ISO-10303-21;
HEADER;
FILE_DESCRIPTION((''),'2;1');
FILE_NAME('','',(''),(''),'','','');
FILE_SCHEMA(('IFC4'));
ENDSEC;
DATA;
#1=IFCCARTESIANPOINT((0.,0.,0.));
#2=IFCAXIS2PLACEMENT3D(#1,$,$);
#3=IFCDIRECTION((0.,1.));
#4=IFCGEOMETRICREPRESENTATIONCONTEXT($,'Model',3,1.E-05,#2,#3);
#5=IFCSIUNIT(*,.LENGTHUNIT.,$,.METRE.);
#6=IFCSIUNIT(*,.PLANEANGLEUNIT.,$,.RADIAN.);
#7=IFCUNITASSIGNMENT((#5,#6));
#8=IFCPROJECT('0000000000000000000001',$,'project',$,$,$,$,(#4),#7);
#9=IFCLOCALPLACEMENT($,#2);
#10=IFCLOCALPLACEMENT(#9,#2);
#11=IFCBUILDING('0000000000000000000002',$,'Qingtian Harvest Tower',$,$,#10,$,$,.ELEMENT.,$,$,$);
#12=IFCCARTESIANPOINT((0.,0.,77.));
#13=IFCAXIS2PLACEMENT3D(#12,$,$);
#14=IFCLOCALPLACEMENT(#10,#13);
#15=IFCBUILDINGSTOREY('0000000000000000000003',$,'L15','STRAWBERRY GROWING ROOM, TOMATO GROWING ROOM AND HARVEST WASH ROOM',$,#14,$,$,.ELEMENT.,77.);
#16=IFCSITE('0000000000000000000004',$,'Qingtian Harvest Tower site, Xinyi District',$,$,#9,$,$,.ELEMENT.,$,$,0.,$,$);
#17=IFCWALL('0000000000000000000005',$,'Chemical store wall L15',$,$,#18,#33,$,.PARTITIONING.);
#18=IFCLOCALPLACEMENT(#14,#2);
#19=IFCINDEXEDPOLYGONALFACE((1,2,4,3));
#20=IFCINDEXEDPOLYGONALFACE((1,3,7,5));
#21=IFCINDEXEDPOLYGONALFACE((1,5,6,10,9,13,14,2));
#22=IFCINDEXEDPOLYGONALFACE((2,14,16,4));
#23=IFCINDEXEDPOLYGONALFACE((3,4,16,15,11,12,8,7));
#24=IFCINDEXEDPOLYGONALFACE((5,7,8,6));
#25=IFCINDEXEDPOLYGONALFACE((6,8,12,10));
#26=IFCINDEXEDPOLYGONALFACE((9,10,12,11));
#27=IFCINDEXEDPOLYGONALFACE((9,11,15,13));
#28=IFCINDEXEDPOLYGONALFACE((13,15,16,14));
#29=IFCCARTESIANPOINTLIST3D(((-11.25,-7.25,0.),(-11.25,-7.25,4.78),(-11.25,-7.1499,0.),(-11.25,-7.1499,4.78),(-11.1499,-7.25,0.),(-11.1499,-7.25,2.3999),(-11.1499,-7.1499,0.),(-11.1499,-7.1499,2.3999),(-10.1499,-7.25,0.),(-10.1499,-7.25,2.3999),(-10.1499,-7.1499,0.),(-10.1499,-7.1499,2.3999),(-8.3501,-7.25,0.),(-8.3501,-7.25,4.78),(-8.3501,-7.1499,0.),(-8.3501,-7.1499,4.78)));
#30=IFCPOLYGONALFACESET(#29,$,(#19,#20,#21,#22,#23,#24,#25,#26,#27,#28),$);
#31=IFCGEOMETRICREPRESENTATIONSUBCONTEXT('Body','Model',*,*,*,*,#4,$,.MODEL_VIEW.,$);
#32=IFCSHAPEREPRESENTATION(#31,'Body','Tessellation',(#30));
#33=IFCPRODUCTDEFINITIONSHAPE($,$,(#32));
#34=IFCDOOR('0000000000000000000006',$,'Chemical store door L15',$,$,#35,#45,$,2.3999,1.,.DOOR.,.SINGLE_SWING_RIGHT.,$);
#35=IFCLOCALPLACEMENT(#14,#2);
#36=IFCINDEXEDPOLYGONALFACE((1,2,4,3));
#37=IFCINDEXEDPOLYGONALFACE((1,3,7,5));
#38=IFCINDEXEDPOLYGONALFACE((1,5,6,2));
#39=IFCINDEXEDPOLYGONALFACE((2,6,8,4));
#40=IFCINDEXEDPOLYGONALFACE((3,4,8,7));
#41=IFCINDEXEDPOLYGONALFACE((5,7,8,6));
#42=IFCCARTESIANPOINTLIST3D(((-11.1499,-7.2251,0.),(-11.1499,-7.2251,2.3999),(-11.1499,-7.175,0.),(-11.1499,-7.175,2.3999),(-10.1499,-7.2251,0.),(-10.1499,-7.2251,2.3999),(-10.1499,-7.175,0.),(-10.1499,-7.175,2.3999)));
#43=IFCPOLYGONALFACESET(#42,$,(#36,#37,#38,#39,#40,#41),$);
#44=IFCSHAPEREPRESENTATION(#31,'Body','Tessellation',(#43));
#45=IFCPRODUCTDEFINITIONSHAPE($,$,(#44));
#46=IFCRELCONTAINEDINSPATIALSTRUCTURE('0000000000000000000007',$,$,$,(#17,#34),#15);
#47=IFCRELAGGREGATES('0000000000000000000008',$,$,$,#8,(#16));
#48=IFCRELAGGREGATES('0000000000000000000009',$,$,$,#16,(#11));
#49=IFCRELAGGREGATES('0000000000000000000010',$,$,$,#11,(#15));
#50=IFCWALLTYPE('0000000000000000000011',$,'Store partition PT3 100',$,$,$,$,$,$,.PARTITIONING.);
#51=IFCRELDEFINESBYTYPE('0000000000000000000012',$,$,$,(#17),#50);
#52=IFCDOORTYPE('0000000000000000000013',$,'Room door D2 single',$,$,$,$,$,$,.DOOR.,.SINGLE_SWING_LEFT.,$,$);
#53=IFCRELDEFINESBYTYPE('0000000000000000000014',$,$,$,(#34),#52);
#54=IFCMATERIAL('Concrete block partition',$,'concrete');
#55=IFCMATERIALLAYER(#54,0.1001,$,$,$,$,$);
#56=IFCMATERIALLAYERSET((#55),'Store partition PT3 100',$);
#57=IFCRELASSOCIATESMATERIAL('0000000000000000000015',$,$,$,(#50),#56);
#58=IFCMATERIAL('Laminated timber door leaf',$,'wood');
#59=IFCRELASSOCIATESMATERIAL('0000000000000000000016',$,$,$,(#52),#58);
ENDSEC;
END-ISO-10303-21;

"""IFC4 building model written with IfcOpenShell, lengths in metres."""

from ifc_helpers import new_model, si_unit, direction, frame, frame_2d, origin, place, context, subcontext, project, spatial, rectangle, extrude, material, layer, layer_set, type_object, element, fill, save


model = new_model("IFC4")

# Units and contexts
model_context = context("Model", 3, precision=1e-05, world=origin(), true_north=direction((0.0, 1.0)))
body_context = subcontext(model_context, "Body", "Model", "MODEL_VIEW")
ifc_project = project(units=[si_unit("LENGTHUNIT", "METRE"), si_unit("PLANEANGLEUNIT", "RADIAN")], contexts=[model_context])

# Site, building, storey
site_placement = place(None, origin())
site = spatial("IfcSite", under=ifc_project, at=site_placement, Name="Qingtian Harvest Tower site, Xinyi District", CompositionType="ELEMENT", RefElevation=0.0)
building_placement = place(site_placement, origin())
building = spatial("IfcBuilding", under=site, at=building_placement, Name="Qingtian Harvest Tower", CompositionType="ELEMENT")
storey_placement = place(building_placement, frame((0.0, 0.0, 77.0)))
storey = spatial("IfcBuildingStorey", under=building, at=storey_placement, Name="L15", Description="STRAWBERRY GROWING ROOM, TOMATO GROWING ROOM AND HARVEST WASH ROOM", CompositionType="ELEMENT", Elevation=77.0)

# Wall, opening, door
ifc_material_1 = material(Name="Concrete block partition", Category="concrete")
ifc_layer_1 = layer(ifc_material_1, 0.1001)
ifc_layer_set_1 = layer_set([ifc_layer_1], Name="Store partition PT3 100")
wall_type_1 = type_object("IfcWallType", Name="Store partition PT3 100", PredefinedType="PARTITIONING", material=ifc_layer_set_1)
wall_1_placement = place(storey_placement, frame((-11.25, -7.2, 0.0), z_axis=(0.0, 0.0, 1.0), x_axis=(1.0, 0.0, 0.0)))
wall_1 = element("IfcWall", 1, at=wall_1_placement, inside=storey, type_object=wall_type_1, Name="Chemical store wall L15", PredefinedType="PARTITIONING", context=body_context, shape_type="SweptSolid", body=[
    extrude(rectangle(XDim=2.8999, YDim=0.1001, at=frame_2d((1.45, 0.0))), origin(), (0.0, 0.0, 1.0), 4.78),
])
opening_1_placement = place(wall_1_placement, frame((0.1001, 0.0, 0.0)))
opening_1 = element("IfcOpeningElement", 2, at=opening_1_placement, cuts=wall_1, PredefinedType="OPENING", context=body_context, shape_type="SweptSolid", body=[
    extrude(rectangle(XDim=1.0, YDim=2.3999, at=frame_2d((0.5, 1.2))), frame((0.0, 0.0601, 0.0), z_axis=(0.0, -1.0, 0.0), x_axis=(1.0, 0.0, 0.0)), (0.0, 0.0, 1.0), 0.1201),
])
ifc_material_2 = material(Name="Laminated timber door leaf", Category="wood")
door_type_1 = type_object("IfcDoorType", Name="Room door D2 single", OperationType="SINGLE_SWING_LEFT", PredefinedType="DOOR", material=ifc_material_2)
door_1_placement = place(opening_1_placement, origin())
door_1 = element("IfcDoor", 3, at=door_1_placement, inside=storey, type_object=door_type_1, Name="Chemical store door L15", OperationType="SINGLE_SWING_RIGHT", OverallHeight=2.3999, OverallWidth=1.0, PredefinedType="DOOR", context=body_context, shape_type="SweptSolid", body=[
    extrude(rectangle(XDim=1.0, YDim=2.3999, at=frame_2d((0.5, 1.2))), frame((0.0, 0.0249, 0.0), z_axis=(0.0, -1.0, 0.0), x_axis=(1.0, 0.0, 0.0)), (0.0, 0.0, 1.0), 0.05),
])
fill(opening_1, door_1)

save(model, "model.ifc")
